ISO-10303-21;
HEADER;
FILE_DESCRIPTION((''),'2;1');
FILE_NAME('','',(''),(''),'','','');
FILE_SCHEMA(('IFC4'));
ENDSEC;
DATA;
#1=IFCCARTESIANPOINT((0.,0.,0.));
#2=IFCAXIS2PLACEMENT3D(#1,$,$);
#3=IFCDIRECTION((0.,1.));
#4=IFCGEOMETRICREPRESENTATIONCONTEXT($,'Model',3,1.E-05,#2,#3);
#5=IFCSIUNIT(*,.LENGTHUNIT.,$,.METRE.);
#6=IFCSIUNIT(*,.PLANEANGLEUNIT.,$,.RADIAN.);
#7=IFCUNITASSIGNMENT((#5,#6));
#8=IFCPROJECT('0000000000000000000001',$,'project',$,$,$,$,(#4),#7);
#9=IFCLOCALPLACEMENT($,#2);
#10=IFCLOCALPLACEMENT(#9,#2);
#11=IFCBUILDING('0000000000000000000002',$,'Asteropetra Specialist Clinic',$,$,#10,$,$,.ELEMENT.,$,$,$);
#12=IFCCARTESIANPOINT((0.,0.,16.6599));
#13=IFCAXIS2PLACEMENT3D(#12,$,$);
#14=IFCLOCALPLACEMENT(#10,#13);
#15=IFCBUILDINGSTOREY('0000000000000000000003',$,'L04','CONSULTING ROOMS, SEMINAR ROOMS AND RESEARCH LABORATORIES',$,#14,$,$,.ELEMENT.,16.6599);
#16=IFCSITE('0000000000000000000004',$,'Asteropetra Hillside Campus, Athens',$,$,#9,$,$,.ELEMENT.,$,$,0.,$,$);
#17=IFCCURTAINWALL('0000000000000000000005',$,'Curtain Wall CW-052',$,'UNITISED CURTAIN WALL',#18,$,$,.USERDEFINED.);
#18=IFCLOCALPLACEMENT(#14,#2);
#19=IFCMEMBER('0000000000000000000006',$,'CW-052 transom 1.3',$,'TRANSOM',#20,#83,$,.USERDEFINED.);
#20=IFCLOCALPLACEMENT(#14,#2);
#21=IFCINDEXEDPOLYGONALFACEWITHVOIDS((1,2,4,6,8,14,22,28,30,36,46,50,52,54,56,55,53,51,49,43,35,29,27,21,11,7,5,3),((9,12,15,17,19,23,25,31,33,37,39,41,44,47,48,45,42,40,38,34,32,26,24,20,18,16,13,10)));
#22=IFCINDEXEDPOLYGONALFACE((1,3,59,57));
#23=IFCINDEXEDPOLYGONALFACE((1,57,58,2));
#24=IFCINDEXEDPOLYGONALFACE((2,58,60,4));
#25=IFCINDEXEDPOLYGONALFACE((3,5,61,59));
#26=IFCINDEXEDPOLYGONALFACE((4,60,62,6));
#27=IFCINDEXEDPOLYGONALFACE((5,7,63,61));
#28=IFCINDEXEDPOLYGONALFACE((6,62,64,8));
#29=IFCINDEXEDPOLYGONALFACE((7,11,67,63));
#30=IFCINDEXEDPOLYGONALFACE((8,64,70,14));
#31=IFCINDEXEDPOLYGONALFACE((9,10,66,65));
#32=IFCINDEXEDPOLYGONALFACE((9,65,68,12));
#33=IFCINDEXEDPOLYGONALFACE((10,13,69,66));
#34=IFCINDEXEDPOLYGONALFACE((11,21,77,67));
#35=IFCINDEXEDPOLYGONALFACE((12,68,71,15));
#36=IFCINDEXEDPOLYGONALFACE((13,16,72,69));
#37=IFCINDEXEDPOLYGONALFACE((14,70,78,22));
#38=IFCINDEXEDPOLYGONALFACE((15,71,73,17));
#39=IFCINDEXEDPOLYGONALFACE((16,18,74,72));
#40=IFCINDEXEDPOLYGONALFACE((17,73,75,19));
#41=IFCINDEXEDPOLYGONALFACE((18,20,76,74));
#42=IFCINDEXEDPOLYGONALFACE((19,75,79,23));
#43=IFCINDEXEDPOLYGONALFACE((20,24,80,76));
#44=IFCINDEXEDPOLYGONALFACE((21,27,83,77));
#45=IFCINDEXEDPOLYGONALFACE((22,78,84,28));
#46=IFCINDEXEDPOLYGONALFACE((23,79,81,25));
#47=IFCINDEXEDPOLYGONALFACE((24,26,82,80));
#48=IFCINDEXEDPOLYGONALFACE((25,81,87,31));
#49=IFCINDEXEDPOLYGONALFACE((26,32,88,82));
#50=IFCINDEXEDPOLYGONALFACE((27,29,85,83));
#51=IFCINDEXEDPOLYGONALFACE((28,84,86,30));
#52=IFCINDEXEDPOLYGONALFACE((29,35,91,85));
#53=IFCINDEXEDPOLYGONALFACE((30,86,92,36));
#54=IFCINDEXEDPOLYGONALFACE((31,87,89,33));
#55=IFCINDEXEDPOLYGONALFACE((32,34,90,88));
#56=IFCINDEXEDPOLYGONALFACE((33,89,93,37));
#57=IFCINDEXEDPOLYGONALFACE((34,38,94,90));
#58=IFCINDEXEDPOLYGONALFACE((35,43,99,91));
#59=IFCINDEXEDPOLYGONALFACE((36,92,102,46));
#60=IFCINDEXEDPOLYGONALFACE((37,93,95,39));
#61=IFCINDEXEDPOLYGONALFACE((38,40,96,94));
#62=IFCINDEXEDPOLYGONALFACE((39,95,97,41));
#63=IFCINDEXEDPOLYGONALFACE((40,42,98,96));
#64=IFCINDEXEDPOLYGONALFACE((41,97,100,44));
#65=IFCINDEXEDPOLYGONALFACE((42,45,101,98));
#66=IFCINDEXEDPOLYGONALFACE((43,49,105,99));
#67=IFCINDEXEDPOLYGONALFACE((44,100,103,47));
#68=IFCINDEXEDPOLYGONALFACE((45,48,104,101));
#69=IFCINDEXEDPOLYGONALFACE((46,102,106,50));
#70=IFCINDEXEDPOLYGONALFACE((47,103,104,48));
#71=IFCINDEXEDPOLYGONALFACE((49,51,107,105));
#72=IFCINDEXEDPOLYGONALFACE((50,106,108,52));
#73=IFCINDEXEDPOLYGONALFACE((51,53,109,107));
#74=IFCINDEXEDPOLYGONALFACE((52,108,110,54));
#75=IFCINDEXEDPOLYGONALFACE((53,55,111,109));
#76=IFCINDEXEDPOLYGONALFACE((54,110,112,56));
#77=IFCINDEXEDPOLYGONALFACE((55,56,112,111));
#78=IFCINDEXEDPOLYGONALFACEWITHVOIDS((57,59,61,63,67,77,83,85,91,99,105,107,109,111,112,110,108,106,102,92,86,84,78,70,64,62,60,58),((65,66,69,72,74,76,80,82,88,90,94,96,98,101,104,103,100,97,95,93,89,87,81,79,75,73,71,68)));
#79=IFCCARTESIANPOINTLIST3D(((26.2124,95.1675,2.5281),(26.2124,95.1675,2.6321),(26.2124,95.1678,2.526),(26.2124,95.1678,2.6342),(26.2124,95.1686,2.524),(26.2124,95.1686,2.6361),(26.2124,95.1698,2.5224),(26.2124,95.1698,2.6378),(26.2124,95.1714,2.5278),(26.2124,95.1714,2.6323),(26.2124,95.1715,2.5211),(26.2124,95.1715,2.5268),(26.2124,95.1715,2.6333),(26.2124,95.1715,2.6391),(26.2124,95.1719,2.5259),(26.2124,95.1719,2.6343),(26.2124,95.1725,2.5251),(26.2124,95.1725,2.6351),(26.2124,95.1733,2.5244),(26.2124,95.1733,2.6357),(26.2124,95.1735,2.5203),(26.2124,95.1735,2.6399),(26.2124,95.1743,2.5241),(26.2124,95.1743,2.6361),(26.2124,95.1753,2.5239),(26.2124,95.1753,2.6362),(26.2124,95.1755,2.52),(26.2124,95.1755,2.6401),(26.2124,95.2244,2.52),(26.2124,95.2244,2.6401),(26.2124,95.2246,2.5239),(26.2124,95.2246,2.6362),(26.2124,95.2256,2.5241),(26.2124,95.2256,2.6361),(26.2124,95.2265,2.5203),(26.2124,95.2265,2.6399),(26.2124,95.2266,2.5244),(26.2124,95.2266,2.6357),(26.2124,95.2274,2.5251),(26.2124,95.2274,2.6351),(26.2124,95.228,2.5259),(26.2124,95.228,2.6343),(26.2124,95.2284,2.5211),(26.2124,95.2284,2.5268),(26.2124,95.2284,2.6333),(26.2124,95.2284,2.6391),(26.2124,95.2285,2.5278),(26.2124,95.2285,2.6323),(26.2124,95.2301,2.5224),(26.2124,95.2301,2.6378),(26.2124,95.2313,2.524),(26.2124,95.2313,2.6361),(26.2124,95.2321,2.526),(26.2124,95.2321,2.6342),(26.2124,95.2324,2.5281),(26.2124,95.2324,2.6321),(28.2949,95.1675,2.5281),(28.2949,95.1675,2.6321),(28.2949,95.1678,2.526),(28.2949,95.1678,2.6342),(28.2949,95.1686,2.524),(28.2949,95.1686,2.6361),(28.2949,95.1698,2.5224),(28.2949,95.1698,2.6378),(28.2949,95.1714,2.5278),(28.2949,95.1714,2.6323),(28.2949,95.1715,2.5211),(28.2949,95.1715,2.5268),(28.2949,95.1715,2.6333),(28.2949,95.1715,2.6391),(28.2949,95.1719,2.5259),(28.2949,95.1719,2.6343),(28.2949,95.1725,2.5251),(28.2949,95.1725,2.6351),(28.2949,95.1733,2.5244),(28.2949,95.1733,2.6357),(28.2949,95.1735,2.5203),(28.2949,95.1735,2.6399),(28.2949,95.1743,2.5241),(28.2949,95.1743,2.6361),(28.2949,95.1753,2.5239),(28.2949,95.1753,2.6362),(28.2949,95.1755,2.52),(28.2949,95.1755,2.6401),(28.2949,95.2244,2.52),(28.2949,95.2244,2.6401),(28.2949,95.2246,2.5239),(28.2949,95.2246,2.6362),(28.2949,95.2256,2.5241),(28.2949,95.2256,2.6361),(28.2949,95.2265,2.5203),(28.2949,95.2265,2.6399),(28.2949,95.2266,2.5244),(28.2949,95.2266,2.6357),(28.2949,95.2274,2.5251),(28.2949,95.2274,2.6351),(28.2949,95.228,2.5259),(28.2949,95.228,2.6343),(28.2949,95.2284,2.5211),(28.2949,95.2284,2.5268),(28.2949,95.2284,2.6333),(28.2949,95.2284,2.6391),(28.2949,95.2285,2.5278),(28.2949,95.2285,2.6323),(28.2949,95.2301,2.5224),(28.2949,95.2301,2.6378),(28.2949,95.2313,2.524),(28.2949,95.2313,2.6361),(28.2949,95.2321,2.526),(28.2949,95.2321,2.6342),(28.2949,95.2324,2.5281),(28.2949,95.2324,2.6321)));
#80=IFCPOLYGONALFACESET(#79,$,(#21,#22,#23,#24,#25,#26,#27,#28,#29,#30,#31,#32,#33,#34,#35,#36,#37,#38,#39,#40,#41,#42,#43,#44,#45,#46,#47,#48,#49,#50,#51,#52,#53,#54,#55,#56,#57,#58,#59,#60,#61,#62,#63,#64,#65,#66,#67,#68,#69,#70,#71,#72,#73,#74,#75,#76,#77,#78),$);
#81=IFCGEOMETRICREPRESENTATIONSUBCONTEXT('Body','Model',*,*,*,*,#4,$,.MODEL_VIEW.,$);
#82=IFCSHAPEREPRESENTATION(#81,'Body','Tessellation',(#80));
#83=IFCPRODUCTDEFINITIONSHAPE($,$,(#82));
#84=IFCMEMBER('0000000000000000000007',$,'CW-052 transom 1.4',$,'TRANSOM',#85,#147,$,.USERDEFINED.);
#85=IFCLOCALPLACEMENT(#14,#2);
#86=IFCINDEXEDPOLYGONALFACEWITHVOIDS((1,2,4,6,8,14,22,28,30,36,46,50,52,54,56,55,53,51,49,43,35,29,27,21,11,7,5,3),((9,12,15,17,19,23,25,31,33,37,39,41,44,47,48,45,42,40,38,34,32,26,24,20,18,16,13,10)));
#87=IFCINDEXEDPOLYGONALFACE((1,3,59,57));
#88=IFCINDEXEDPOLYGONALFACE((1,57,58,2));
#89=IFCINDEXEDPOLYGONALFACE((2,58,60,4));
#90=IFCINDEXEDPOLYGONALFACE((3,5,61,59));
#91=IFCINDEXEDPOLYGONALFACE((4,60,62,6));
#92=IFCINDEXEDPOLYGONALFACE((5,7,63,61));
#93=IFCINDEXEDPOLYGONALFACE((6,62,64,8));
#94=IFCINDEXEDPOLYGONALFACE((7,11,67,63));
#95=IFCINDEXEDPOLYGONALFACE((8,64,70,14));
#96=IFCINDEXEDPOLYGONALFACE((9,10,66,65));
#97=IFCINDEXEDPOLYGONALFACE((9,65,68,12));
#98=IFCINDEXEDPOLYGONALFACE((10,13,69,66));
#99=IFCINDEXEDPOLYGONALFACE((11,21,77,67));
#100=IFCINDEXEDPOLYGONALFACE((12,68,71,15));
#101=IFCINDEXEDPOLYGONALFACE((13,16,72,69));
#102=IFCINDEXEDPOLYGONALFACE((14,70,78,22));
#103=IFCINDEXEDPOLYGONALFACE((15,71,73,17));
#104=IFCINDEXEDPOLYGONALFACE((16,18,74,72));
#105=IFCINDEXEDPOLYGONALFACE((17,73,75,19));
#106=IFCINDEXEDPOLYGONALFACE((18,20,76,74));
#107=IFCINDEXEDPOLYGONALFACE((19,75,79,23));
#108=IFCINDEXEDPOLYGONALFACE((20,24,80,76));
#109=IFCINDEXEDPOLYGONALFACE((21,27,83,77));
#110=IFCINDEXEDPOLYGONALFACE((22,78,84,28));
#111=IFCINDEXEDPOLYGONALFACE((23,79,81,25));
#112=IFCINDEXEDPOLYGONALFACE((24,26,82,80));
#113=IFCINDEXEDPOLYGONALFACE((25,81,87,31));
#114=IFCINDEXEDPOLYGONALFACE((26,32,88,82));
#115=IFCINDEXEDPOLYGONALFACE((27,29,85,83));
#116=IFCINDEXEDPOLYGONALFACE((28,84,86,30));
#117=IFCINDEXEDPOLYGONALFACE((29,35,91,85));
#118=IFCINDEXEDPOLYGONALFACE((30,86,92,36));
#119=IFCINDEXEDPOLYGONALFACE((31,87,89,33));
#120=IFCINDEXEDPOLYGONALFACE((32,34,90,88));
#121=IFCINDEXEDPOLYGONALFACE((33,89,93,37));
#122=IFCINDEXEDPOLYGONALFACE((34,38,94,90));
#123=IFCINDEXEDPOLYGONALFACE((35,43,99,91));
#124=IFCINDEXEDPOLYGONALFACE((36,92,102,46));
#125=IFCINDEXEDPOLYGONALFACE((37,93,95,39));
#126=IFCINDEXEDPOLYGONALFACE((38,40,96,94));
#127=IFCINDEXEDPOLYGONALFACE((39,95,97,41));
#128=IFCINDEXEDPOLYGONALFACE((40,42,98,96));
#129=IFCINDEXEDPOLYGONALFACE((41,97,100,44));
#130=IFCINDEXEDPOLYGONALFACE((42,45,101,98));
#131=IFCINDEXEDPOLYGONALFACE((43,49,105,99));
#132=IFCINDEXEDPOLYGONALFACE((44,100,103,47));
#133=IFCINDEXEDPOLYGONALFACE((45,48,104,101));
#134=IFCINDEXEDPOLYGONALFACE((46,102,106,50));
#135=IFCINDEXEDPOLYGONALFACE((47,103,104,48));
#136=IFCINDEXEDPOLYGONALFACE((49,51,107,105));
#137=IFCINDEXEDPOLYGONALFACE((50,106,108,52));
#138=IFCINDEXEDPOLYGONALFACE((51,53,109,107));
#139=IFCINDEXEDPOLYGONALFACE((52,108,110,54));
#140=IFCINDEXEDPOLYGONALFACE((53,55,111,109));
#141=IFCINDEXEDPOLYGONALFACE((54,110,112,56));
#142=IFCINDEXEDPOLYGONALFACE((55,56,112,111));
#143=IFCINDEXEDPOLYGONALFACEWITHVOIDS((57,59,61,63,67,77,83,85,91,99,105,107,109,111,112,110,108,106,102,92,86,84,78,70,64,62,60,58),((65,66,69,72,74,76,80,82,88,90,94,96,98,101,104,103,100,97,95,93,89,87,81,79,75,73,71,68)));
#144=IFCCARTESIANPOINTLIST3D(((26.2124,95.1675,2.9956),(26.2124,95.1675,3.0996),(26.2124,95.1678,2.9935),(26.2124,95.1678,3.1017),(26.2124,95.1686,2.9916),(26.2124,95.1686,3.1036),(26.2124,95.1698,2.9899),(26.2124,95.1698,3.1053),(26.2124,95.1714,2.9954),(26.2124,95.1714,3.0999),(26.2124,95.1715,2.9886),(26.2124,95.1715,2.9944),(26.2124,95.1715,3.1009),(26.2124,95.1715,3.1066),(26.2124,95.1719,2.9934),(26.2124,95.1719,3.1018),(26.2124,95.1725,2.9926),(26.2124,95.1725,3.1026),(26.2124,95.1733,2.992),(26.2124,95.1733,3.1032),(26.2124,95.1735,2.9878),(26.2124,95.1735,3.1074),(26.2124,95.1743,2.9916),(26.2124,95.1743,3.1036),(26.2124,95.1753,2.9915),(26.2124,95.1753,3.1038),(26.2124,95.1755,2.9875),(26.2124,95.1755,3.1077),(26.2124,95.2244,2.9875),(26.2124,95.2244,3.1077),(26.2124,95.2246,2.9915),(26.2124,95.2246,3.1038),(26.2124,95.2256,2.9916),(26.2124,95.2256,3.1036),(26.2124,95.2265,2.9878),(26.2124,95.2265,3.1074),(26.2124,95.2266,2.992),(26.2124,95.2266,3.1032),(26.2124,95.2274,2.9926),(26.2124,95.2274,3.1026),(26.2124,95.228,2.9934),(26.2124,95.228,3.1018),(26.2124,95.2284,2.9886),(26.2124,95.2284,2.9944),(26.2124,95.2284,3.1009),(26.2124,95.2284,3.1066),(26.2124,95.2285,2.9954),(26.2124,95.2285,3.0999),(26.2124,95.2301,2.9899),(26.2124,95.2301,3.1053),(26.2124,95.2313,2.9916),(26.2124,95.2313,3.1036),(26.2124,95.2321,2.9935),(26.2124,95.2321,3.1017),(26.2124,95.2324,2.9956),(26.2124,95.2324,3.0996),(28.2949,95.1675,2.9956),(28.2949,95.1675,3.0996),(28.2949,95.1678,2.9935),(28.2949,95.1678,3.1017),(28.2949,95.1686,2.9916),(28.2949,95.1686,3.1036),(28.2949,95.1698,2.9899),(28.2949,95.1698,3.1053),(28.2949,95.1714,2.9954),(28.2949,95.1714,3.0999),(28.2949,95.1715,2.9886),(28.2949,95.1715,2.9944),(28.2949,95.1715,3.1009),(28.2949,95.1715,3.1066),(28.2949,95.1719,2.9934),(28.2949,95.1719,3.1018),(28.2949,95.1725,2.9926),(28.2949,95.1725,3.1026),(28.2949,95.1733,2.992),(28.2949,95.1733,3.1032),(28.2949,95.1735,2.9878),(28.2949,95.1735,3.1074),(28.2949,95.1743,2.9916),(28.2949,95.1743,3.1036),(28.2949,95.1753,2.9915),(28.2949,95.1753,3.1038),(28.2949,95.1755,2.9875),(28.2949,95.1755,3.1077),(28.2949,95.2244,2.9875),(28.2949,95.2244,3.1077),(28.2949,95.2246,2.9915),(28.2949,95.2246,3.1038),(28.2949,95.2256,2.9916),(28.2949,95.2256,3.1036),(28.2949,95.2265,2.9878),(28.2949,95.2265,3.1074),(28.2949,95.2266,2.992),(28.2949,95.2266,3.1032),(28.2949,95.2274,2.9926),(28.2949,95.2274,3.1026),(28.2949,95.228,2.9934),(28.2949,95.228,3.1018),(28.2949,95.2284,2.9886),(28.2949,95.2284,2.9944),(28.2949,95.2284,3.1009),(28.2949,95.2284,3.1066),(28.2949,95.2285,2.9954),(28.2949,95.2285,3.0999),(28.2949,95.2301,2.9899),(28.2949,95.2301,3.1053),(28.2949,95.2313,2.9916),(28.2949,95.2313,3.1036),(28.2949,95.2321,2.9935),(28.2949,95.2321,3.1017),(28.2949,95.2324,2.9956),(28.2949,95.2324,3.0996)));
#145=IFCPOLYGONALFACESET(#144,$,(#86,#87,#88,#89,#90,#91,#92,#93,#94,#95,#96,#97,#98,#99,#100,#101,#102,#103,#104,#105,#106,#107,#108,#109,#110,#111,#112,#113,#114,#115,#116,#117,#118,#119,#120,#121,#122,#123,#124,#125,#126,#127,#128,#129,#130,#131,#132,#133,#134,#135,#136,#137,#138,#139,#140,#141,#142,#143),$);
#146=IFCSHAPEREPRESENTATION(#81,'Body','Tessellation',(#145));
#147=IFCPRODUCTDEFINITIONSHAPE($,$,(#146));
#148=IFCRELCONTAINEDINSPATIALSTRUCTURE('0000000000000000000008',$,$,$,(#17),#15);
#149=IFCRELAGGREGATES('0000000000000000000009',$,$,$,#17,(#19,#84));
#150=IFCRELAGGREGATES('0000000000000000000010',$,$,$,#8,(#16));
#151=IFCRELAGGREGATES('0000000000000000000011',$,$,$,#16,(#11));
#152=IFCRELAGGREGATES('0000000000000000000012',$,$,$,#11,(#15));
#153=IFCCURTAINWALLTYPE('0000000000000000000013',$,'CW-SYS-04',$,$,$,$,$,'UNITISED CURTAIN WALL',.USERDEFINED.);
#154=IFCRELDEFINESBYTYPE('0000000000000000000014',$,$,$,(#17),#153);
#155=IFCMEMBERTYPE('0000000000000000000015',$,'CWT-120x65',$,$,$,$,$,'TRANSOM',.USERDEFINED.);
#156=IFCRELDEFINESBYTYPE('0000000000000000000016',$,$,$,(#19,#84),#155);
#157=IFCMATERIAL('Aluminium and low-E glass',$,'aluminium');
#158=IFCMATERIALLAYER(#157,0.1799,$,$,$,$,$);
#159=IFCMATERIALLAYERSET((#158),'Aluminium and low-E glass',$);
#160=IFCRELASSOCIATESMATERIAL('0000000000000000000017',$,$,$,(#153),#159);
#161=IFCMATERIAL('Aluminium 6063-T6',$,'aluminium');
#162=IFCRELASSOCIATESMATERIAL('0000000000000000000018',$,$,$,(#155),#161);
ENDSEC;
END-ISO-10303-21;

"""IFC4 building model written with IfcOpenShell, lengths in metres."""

from ifc_helpers import new_model, si_unit, direction, frame, origin, origin_2d, place, context, subcontext, project, spatial, hollow_rectangle, extrude, material, layer, layer_set, material_profile, profile_set, type_object, element, aggregate, save


model = new_model("IFC4")

# Units and contexts
model_context = context("Model", 3, precision=1e-05, world=origin(), true_north=direction((0.0, 1.0)))
body_context = subcontext(model_context, "Body", "Model", "MODEL_VIEW")
ifc_project = project(units=[si_unit("LENGTHUNIT", "METRE"), si_unit("PLANEANGLEUNIT", "RADIAN")], contexts=[model_context])

# Site, building, storey
site_placement = place(None, origin())
site = spatial("IfcSite", under=ifc_project, at=site_placement, Name="Asteropetra Hillside Campus, Athens", CompositionType="ELEMENT", RefElevation=0.0)
building_placement = place(site_placement, origin())
building = spatial("IfcBuilding", under=site, at=building_placement, Name="Asteropetra Specialist Clinic", CompositionType="ELEMENT")
storey_placement = place(building_placement, frame((0.0, 0.0, 16.6599)))
storey = spatial("IfcBuildingStorey", under=building, at=storey_placement, Name="L04", Description="CONSULTING ROOMS, SEMINAR ROOMS AND RESEARCH LABORATORIES", CompositionType="ELEMENT", Elevation=16.6599)

# Curtain wall, members
ifc_material_1 = material(Name="Aluminium and low-E glass", Category="aluminium")
ifc_layer_1 = layer(ifc_material_1, 0.1799)
ifc_layer_set_1 = layer_set([ifc_layer_1], Name="Aluminium and low-E glass")
curtain_wall_type_1 = type_object("IfcCurtainWallType", Name="CW-SYS-04", ElementType="UNITISED CURTAIN WALL", PredefinedType="USERDEFINED", material=ifc_layer_set_1)
curtain_wall_1_placement = place(storey_placement, origin())
curtain_wall_1 = element("IfcCurtainWall", 1, at=curtain_wall_1_placement, inside=storey, type_object=curtain_wall_type_1, Name="Curtain Wall CW-052", ObjectType="UNITISED CURTAIN WALL", PredefinedType="USERDEFINED")
ifc_material_2 = material(Name="Aluminium 6063-T6", Category="aluminium")
ifc_material_profile_1 = material_profile(ifc_material_2, hollow_rectangle(XDim=0.0649, YDim=0.1201, WallThickness=0.0039, InnerFilletRadius=0.0039, OuterFilletRadius=0.0081, at=origin_2d()), Name="TRN 120x65x4.0")
ifc_profile_set_1 = profile_set([ifc_material_profile_1], Name="Aluminium 6063-T6")
member_type_1 = type_object("IfcMemberType", Name="CWT-120x65", ElementType="TRANSOM", PredefinedType="USERDEFINED", material=ifc_profile_set_1)
member_1_placement = place(storey_placement, frame((28.2949, 95.2, 2.5801), z_axis=(-1.0, 0.0, 0.0), x_axis=(0.0, -1.0, 0.0)))
member_1 = element("IfcMember", 2, at=member_1_placement, type_object=member_type_1, Name="CW-052 transom 1.3", ObjectType="TRANSOM", PredefinedType="USERDEFINED", context=body_context, shape_type="SweptSolid", body=[
    extrude(hollow_rectangle(XDim=0.0649, YDim=0.1201, WallThickness=0.0039, InnerFilletRadius=0.0039, OuterFilletRadius=0.0081, at=origin_2d()), origin(), (0.0, 0.0, 1.0), 2.0825),
])
member_2_placement = place(storey_placement, frame((28.2949, 95.2, 3.0476), z_axis=(-1.0, 0.0, 0.0), x_axis=(0.0, -1.0, 0.0)))
member_2 = element("IfcMember", 3, at=member_2_placement, type_object=member_type_1, Name="CW-052 transom 1.4", ObjectType="TRANSOM", PredefinedType="USERDEFINED", context=body_context, shape_type="SweptSolid", body=[
    extrude(hollow_rectangle(XDim=0.0649, YDim=0.1201, WallThickness=0.0039, InnerFilletRadius=0.0039, OuterFilletRadius=0.0081, at=origin_2d()), origin(), (0.0, 0.0, 1.0), 2.0825),
])

aggregate(curtain_wall_1, [member_1, member_2])

save(model, "model.ifc")
